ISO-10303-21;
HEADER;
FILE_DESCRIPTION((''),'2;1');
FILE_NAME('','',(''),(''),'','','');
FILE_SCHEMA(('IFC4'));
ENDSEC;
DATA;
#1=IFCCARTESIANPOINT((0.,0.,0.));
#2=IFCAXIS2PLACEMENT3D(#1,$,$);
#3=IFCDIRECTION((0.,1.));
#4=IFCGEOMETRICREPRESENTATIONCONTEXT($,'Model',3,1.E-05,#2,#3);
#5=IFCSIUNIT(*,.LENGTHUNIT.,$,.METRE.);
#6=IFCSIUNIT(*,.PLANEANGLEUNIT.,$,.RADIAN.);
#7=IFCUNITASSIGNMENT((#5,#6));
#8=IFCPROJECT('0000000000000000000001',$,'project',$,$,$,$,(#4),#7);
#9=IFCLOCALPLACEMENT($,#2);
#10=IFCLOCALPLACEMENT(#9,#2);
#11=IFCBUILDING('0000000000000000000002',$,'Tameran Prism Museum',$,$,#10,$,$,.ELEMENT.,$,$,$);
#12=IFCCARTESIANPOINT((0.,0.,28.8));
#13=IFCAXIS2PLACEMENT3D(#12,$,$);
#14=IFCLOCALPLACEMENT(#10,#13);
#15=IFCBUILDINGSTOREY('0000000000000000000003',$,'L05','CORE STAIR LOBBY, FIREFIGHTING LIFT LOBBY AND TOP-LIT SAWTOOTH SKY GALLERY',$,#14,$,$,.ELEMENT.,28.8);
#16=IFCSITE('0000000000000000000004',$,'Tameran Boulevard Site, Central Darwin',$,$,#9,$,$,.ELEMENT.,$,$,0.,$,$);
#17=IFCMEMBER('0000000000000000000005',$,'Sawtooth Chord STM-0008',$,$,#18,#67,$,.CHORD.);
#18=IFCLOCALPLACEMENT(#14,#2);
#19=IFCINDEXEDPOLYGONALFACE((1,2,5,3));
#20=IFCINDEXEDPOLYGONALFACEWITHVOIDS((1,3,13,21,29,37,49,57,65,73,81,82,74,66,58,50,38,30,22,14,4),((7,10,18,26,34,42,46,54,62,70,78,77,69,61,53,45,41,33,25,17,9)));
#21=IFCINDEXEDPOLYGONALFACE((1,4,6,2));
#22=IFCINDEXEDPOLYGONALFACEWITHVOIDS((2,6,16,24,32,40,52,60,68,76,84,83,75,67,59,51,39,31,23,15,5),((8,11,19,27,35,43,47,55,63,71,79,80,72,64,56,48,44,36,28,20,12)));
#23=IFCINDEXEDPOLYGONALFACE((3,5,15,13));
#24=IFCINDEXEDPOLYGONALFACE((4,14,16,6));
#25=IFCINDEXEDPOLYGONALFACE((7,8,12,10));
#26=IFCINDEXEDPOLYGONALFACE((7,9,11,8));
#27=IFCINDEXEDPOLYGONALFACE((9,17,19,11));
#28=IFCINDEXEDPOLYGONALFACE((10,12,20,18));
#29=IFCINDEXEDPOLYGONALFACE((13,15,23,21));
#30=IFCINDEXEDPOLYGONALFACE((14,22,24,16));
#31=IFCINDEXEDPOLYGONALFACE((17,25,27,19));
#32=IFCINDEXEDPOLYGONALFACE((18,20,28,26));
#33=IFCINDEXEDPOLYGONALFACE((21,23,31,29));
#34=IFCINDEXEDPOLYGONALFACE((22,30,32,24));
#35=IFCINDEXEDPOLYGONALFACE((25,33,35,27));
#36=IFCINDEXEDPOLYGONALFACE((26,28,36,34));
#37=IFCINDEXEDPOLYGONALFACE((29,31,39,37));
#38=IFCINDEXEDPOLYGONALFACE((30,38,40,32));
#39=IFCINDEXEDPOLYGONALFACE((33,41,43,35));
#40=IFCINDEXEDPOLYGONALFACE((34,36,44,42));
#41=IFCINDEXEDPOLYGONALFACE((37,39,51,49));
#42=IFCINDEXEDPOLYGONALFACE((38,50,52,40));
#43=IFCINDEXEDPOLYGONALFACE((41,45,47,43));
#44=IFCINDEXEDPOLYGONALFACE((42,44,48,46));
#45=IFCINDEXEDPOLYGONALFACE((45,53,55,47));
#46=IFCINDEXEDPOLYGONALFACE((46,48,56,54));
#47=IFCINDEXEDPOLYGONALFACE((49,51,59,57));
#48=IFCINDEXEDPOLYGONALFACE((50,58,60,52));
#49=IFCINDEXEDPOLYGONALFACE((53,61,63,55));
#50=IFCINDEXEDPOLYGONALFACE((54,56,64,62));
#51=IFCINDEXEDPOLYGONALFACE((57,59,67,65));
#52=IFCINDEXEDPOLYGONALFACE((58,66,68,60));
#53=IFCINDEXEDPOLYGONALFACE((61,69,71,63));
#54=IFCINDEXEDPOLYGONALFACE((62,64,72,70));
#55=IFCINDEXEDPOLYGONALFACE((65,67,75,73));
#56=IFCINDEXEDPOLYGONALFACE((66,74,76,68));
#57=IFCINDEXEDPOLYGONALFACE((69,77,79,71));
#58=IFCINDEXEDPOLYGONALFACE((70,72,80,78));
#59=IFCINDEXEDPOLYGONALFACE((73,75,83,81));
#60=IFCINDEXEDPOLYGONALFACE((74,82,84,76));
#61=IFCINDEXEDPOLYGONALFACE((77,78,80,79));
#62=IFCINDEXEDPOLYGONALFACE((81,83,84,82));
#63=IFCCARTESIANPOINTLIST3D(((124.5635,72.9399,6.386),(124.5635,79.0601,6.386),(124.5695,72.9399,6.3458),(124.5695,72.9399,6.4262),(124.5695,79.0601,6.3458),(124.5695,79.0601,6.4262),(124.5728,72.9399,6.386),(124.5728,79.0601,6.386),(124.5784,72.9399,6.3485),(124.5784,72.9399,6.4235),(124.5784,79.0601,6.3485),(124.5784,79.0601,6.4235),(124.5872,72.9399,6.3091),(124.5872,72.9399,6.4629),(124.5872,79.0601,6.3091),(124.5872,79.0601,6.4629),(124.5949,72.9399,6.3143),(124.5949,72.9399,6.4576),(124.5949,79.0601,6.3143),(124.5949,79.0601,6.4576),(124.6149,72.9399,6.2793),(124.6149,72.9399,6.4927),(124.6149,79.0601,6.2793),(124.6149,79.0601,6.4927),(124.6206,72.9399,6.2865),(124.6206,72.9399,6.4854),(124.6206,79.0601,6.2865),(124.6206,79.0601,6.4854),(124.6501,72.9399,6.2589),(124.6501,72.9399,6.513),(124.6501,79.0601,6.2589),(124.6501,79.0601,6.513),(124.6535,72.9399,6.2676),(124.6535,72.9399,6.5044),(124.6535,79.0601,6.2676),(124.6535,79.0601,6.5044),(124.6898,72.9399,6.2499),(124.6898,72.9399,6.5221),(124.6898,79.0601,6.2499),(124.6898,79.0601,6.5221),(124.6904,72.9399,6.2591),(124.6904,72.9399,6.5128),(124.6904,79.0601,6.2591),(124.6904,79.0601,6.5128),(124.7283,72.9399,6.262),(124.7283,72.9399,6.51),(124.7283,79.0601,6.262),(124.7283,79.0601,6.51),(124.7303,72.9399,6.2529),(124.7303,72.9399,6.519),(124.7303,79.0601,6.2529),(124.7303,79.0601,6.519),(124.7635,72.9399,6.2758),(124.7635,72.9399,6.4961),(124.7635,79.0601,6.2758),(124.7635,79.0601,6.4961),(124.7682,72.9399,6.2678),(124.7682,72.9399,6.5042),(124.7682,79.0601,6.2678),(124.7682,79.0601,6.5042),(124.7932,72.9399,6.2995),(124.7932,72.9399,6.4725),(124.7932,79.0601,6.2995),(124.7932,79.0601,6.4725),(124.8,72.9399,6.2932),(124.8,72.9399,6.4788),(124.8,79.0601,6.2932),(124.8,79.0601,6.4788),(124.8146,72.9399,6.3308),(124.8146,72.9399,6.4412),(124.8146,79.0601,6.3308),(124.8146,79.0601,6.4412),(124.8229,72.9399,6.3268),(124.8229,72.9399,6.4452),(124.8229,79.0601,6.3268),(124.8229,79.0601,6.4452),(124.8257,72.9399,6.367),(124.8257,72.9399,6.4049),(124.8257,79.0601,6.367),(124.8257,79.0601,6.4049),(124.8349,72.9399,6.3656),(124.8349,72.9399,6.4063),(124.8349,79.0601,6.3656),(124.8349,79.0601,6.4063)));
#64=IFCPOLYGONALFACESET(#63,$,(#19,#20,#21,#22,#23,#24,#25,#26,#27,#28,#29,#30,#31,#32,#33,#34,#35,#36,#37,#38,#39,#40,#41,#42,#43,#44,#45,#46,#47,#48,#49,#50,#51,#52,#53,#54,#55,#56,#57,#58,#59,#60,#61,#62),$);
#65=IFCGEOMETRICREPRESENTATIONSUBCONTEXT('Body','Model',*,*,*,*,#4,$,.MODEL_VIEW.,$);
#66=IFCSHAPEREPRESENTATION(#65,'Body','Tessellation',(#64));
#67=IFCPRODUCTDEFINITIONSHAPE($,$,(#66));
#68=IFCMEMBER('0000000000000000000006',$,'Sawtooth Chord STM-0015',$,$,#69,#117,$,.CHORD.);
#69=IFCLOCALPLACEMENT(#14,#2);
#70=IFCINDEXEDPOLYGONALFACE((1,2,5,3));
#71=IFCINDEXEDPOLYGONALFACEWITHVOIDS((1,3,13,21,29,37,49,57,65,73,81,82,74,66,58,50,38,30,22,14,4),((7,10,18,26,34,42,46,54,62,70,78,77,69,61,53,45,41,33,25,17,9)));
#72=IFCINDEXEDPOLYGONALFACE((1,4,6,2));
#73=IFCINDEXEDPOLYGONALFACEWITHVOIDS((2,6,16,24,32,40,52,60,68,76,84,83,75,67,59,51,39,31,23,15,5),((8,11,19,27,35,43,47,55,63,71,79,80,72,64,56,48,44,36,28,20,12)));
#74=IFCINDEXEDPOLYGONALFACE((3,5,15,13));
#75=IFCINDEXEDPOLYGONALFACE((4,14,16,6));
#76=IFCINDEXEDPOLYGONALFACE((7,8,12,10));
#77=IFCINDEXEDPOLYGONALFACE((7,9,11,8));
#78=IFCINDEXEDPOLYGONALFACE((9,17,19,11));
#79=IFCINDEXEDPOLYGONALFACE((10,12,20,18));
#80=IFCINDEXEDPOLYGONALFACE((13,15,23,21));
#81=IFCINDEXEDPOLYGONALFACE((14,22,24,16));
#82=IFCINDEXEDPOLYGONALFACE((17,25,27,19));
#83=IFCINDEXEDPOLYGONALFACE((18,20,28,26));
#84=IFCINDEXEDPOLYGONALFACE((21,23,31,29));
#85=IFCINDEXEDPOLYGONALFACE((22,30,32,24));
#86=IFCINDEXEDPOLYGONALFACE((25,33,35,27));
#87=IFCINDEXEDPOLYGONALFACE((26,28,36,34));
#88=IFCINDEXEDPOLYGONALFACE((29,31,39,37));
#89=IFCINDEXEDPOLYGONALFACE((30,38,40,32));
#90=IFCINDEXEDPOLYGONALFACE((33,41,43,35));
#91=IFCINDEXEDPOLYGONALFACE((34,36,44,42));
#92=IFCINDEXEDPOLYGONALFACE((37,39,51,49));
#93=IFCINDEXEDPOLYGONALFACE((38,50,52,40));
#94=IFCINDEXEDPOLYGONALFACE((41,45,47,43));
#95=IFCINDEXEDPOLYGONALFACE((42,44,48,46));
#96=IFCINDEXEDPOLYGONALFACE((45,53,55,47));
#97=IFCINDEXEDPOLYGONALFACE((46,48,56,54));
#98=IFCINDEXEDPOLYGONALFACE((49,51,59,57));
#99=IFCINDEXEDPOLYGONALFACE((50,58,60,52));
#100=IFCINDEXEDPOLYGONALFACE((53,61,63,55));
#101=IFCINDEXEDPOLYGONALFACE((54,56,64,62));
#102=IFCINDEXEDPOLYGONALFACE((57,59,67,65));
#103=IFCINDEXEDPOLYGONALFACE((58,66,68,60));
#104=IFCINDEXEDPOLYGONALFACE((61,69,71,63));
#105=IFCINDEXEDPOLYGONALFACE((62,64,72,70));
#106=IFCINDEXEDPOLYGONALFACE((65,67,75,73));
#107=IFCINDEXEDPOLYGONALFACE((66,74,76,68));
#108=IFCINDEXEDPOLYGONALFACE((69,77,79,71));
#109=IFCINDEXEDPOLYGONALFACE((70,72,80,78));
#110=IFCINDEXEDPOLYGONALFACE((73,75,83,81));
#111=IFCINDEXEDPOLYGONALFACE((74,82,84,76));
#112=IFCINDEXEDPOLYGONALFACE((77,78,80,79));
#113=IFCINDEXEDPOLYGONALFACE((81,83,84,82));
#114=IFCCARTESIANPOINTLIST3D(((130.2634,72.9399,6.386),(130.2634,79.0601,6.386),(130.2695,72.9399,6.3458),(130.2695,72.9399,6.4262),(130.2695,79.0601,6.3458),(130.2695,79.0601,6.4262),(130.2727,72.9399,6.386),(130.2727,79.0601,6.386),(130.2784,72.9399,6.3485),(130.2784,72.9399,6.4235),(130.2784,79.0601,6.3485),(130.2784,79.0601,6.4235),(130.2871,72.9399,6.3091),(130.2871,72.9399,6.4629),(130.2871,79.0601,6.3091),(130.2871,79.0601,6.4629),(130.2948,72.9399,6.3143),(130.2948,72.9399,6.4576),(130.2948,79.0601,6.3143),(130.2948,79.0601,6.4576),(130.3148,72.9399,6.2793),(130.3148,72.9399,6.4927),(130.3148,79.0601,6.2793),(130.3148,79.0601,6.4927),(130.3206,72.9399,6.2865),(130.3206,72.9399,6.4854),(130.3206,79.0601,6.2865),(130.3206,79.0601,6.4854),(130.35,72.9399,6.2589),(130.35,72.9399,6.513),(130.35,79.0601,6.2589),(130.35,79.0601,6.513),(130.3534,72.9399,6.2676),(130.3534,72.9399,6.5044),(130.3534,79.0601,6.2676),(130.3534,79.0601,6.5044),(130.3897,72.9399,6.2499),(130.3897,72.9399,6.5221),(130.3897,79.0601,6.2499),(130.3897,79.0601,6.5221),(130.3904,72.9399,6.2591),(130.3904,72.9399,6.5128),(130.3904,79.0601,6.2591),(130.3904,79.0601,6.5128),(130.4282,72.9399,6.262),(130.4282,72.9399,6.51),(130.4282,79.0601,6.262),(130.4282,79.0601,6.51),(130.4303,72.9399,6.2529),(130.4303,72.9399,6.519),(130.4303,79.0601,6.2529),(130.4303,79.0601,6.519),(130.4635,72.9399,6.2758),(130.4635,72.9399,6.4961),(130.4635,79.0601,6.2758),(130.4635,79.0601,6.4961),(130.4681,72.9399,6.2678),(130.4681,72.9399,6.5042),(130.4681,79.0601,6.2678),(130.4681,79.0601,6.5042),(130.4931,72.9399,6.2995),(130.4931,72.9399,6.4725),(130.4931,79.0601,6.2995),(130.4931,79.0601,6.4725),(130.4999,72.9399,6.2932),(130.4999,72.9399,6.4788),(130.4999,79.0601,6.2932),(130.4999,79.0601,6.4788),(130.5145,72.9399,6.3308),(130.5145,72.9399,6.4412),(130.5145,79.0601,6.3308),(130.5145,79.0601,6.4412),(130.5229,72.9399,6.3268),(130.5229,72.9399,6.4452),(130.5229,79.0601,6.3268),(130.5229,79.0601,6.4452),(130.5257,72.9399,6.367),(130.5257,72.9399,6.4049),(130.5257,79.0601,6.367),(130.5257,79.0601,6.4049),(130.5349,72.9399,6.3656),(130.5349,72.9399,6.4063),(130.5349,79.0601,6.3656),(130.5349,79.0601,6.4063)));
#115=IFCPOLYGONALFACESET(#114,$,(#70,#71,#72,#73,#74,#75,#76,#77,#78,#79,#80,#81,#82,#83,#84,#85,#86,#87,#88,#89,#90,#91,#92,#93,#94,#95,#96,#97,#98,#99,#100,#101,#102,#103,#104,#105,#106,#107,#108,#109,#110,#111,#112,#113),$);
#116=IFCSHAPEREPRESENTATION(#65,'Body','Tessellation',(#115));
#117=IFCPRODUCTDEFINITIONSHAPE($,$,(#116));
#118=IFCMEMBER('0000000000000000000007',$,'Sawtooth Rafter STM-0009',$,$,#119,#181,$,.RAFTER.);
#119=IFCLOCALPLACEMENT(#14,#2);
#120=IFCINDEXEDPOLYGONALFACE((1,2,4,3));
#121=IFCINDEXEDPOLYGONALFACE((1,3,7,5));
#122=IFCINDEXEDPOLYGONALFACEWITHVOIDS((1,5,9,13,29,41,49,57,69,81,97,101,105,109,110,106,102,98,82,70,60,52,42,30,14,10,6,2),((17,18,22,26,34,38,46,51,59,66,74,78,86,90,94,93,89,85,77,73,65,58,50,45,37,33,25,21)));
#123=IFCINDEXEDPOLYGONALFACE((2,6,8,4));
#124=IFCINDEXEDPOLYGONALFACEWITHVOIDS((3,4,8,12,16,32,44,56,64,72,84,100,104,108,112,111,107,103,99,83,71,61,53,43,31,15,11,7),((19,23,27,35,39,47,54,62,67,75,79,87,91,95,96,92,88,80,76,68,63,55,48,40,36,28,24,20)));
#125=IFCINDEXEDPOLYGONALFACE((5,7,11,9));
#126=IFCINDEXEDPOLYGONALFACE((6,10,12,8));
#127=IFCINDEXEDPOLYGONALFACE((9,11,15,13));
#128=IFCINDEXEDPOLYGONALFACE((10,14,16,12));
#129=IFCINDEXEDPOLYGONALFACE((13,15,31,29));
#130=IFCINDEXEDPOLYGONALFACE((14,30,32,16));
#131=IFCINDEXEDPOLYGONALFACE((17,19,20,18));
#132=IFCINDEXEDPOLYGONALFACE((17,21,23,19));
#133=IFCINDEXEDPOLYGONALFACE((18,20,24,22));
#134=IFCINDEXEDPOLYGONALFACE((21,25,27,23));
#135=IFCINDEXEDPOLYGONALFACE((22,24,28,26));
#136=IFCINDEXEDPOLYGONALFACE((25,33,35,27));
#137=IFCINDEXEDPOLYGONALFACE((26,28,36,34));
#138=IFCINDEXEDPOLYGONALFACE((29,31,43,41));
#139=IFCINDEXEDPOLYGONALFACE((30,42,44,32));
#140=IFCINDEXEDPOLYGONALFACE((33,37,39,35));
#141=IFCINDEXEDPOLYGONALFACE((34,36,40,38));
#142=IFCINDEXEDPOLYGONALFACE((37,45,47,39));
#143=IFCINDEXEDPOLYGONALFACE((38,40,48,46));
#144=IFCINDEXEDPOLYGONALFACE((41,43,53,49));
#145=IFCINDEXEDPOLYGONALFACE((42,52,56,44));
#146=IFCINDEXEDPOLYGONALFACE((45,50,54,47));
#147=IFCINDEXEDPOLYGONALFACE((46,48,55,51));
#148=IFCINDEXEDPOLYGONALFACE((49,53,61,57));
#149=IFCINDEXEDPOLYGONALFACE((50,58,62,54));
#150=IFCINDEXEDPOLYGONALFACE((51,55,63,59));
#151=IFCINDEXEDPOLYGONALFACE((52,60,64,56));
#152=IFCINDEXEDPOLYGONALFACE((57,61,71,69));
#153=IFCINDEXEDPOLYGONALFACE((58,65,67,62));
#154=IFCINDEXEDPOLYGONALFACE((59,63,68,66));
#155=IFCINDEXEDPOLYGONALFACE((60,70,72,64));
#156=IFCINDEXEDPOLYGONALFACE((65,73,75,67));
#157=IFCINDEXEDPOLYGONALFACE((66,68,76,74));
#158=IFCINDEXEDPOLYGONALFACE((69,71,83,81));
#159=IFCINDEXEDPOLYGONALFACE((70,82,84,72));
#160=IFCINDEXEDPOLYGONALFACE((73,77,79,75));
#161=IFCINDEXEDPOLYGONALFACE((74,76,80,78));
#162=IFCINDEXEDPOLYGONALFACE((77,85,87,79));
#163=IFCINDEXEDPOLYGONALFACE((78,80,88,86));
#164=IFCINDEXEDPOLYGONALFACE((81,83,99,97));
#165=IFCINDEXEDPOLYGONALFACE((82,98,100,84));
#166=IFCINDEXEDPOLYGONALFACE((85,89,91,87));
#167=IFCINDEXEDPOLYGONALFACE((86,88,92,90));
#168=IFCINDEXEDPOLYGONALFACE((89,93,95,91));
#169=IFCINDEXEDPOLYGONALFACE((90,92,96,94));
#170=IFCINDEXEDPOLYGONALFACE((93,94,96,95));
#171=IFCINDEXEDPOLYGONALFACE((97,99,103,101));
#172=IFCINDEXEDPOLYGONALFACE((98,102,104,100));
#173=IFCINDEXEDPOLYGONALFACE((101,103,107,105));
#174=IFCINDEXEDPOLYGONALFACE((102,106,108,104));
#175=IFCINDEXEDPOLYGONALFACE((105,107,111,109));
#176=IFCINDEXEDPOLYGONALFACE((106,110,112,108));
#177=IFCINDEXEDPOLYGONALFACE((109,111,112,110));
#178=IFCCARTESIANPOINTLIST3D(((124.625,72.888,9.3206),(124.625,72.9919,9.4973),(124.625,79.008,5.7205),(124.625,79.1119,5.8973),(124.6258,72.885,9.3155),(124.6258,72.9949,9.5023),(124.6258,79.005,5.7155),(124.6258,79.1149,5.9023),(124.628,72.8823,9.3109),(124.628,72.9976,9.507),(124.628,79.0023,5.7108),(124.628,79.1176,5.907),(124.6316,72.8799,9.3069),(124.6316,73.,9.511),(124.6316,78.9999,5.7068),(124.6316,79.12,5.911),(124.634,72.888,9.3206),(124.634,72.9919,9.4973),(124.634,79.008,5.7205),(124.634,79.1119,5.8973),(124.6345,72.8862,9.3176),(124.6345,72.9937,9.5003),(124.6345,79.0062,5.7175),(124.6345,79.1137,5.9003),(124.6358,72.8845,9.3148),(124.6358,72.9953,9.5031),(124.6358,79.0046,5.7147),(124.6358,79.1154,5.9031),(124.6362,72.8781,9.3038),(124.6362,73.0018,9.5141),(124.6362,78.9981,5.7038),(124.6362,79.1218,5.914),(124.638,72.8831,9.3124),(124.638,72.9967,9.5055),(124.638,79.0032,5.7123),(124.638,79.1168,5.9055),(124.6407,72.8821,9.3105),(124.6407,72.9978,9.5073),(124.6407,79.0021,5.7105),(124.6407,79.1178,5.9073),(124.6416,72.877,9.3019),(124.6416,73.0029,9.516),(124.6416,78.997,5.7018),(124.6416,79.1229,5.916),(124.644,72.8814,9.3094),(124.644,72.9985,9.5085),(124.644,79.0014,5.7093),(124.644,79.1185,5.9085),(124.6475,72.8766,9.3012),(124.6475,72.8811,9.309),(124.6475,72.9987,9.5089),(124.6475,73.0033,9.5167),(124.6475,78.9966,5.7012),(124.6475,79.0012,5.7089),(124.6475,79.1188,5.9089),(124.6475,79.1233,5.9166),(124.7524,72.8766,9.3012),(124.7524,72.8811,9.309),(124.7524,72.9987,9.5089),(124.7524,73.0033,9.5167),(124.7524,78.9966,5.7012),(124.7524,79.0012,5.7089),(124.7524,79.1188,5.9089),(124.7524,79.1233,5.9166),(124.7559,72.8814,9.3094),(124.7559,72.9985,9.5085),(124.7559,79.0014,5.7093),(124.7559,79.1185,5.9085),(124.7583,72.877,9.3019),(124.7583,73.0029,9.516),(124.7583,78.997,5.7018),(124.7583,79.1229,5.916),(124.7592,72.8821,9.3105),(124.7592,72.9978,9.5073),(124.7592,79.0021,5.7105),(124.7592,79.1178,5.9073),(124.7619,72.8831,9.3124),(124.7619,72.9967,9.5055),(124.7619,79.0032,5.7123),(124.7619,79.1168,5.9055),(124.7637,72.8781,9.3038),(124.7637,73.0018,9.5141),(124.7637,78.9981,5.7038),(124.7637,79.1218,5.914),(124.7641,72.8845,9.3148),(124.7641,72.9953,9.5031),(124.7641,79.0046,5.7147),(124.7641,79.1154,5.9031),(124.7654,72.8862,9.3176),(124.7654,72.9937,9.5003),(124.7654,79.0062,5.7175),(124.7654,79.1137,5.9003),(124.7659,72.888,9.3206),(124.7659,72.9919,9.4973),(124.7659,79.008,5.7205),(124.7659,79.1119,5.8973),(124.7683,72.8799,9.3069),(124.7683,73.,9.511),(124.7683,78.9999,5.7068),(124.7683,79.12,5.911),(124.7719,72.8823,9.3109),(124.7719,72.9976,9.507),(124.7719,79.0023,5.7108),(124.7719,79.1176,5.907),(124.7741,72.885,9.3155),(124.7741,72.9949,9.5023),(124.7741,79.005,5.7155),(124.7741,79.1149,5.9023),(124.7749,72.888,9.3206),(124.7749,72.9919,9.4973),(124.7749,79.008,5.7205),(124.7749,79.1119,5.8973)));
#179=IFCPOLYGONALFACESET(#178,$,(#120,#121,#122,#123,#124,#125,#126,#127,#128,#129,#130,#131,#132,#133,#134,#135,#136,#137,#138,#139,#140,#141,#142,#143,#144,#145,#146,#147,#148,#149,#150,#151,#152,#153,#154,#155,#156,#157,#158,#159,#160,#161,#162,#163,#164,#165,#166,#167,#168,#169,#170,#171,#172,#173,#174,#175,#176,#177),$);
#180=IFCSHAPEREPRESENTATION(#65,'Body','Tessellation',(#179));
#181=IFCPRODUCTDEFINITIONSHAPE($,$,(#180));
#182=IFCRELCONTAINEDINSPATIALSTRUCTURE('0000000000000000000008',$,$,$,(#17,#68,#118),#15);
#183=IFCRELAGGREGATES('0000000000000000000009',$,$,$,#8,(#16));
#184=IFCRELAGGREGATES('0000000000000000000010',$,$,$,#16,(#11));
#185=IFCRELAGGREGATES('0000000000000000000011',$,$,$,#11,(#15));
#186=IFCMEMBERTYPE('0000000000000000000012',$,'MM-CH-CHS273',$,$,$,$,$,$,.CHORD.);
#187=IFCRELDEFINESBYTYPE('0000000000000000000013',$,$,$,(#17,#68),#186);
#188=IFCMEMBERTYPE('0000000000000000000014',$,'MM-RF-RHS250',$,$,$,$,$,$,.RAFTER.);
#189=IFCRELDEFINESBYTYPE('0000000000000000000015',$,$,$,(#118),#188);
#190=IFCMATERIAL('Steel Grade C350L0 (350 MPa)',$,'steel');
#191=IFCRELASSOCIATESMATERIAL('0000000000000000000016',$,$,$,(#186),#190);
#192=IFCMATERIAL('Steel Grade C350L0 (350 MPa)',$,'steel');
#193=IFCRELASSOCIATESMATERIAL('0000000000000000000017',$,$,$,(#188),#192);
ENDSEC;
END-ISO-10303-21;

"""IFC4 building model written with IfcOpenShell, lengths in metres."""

from ifc_helpers import new_model, si_unit, direction, frame, origin, origin_2d, place, context, subcontext, project, spatial, hollow_rectangle, hollow_circle, extrude, material, material_profile, profile_set, type_object, element, save


model = new_model("IFC4")

# Units and contexts
model_context = context("Model", 3, precision=1e-05, world=origin(), true_north=direction((0.0, 1.0)))
body_context = subcontext(model_context, "Body", "Model", "MODEL_VIEW")
ifc_project = project(units=[si_unit("LENGTHUNIT", "METRE"), si_unit("PLANEANGLEUNIT", "RADIAN")], contexts=[model_context])

# Site, building, storey
site_placement = place(None, origin())
site = spatial("IfcSite", under=ifc_project, at=site_placement, Name="Tameran Boulevard Site, Central Darwin", CompositionType="ELEMENT", RefElevation=0.0)
building_placement = place(site_placement, origin())
building = spatial("IfcBuilding", under=site, at=building_placement, Name="Tameran Prism Museum", CompositionType="ELEMENT")
storey_placement = place(building_placement, frame((0.0, 0.0, 28.8)))
storey = spatial("IfcBuildingStorey", under=building, at=storey_placement, Name="L05", Description="CORE STAIR LOBBY, FIREFIGHTING LIFT LOBBY AND TOP-LIT SAWTOOTH SKY GALLERY", CompositionType="ELEMENT", Elevation=28.8)

# Members
ifc_material_1 = material(Name="Steel Grade C350L0 (350 MPa)", Category="steel")
ifc_material_profile_1 = material_profile(ifc_material_1, hollow_circle(Radius=0.1365, WallThickness=0.0093, at=origin_2d()))
ifc_profile_set_1 = profile_set([ifc_material_profile_1])
member_type_1 = type_object("IfcMemberType", Name="MM-CH-CHS273", PredefinedType="CHORD", material=ifc_profile_set_1)
for number, where, z_axis, x_axis, name in (
    (1, (124.7, 72.9399, 6.386), (0.0, 1.0, 0.0), (-1.0, 0.0, 0.0), "Sawtooth Chord STM-0008"),
    (2, (130.3999, 72.9399, 6.386), (0.0, 1.0, 0.0), (-1.0, 0.0, 0.0), "Sawtooth Chord STM-0015"),
):
    element("IfcMember", number, at=place(storey_placement, frame(where, z_axis=z_axis, x_axis=x_axis)), inside=storey, type_object=member_type_1, Name=name, PredefinedType="CHORD", context=body_context, shape_type="SweptSolid", body=[
        extrude(hollow_circle(Radius=0.1365, WallThickness=0.0093, at=origin_2d()), origin(), (0.0, 0.0, 1.0), 6.1201),
    ])
ifc_material_2 = material(Name="Steel Grade C350L0 (350 MPa)", Category="steel")
ifc_material_profile_2 = material_profile(ifc_material_2, hollow_rectangle(XDim=0.1499, YDim=0.25, WallThickness=0.009, InnerFilletRadius=0.0134, OuterFilletRadius=0.0225, at=origin_2d()))
ifc_profile_set_2 = profile_set([ifc_material_profile_2])
member_type_2 = type_object("IfcMemberType", Name="MM-RF-RHS250", PredefinedType="RAFTER", material=ifc_profile_set_2)
for number, where, z_axis, x_axis, name in (
    (3, (124.7, 72.9399, 9.4089), (0.0, 0.861932, -0.507023), (-1.0, 0.0, 0.0), "Sawtooth Rafter STM-0009"),
):
    element("IfcMember", number, at=place(storey_placement, frame(where, z_axis=z_axis, x_axis=x_axis)), inside=storey, type_object=member_type_2, Name=name, PredefinedType="RAFTER", context=body_context, shape_type="SweptSolid", body=[
        extrude(hollow_rectangle(XDim=0.1499, YDim=0.25, WallThickness=0.009, InnerFilletRadius=0.0134, OuterFilletRadius=0.0225, at=origin_2d()), origin(), (0.0, 0.0, 1.0), 7.1003),
    ])

save(model, "model.ifc")
